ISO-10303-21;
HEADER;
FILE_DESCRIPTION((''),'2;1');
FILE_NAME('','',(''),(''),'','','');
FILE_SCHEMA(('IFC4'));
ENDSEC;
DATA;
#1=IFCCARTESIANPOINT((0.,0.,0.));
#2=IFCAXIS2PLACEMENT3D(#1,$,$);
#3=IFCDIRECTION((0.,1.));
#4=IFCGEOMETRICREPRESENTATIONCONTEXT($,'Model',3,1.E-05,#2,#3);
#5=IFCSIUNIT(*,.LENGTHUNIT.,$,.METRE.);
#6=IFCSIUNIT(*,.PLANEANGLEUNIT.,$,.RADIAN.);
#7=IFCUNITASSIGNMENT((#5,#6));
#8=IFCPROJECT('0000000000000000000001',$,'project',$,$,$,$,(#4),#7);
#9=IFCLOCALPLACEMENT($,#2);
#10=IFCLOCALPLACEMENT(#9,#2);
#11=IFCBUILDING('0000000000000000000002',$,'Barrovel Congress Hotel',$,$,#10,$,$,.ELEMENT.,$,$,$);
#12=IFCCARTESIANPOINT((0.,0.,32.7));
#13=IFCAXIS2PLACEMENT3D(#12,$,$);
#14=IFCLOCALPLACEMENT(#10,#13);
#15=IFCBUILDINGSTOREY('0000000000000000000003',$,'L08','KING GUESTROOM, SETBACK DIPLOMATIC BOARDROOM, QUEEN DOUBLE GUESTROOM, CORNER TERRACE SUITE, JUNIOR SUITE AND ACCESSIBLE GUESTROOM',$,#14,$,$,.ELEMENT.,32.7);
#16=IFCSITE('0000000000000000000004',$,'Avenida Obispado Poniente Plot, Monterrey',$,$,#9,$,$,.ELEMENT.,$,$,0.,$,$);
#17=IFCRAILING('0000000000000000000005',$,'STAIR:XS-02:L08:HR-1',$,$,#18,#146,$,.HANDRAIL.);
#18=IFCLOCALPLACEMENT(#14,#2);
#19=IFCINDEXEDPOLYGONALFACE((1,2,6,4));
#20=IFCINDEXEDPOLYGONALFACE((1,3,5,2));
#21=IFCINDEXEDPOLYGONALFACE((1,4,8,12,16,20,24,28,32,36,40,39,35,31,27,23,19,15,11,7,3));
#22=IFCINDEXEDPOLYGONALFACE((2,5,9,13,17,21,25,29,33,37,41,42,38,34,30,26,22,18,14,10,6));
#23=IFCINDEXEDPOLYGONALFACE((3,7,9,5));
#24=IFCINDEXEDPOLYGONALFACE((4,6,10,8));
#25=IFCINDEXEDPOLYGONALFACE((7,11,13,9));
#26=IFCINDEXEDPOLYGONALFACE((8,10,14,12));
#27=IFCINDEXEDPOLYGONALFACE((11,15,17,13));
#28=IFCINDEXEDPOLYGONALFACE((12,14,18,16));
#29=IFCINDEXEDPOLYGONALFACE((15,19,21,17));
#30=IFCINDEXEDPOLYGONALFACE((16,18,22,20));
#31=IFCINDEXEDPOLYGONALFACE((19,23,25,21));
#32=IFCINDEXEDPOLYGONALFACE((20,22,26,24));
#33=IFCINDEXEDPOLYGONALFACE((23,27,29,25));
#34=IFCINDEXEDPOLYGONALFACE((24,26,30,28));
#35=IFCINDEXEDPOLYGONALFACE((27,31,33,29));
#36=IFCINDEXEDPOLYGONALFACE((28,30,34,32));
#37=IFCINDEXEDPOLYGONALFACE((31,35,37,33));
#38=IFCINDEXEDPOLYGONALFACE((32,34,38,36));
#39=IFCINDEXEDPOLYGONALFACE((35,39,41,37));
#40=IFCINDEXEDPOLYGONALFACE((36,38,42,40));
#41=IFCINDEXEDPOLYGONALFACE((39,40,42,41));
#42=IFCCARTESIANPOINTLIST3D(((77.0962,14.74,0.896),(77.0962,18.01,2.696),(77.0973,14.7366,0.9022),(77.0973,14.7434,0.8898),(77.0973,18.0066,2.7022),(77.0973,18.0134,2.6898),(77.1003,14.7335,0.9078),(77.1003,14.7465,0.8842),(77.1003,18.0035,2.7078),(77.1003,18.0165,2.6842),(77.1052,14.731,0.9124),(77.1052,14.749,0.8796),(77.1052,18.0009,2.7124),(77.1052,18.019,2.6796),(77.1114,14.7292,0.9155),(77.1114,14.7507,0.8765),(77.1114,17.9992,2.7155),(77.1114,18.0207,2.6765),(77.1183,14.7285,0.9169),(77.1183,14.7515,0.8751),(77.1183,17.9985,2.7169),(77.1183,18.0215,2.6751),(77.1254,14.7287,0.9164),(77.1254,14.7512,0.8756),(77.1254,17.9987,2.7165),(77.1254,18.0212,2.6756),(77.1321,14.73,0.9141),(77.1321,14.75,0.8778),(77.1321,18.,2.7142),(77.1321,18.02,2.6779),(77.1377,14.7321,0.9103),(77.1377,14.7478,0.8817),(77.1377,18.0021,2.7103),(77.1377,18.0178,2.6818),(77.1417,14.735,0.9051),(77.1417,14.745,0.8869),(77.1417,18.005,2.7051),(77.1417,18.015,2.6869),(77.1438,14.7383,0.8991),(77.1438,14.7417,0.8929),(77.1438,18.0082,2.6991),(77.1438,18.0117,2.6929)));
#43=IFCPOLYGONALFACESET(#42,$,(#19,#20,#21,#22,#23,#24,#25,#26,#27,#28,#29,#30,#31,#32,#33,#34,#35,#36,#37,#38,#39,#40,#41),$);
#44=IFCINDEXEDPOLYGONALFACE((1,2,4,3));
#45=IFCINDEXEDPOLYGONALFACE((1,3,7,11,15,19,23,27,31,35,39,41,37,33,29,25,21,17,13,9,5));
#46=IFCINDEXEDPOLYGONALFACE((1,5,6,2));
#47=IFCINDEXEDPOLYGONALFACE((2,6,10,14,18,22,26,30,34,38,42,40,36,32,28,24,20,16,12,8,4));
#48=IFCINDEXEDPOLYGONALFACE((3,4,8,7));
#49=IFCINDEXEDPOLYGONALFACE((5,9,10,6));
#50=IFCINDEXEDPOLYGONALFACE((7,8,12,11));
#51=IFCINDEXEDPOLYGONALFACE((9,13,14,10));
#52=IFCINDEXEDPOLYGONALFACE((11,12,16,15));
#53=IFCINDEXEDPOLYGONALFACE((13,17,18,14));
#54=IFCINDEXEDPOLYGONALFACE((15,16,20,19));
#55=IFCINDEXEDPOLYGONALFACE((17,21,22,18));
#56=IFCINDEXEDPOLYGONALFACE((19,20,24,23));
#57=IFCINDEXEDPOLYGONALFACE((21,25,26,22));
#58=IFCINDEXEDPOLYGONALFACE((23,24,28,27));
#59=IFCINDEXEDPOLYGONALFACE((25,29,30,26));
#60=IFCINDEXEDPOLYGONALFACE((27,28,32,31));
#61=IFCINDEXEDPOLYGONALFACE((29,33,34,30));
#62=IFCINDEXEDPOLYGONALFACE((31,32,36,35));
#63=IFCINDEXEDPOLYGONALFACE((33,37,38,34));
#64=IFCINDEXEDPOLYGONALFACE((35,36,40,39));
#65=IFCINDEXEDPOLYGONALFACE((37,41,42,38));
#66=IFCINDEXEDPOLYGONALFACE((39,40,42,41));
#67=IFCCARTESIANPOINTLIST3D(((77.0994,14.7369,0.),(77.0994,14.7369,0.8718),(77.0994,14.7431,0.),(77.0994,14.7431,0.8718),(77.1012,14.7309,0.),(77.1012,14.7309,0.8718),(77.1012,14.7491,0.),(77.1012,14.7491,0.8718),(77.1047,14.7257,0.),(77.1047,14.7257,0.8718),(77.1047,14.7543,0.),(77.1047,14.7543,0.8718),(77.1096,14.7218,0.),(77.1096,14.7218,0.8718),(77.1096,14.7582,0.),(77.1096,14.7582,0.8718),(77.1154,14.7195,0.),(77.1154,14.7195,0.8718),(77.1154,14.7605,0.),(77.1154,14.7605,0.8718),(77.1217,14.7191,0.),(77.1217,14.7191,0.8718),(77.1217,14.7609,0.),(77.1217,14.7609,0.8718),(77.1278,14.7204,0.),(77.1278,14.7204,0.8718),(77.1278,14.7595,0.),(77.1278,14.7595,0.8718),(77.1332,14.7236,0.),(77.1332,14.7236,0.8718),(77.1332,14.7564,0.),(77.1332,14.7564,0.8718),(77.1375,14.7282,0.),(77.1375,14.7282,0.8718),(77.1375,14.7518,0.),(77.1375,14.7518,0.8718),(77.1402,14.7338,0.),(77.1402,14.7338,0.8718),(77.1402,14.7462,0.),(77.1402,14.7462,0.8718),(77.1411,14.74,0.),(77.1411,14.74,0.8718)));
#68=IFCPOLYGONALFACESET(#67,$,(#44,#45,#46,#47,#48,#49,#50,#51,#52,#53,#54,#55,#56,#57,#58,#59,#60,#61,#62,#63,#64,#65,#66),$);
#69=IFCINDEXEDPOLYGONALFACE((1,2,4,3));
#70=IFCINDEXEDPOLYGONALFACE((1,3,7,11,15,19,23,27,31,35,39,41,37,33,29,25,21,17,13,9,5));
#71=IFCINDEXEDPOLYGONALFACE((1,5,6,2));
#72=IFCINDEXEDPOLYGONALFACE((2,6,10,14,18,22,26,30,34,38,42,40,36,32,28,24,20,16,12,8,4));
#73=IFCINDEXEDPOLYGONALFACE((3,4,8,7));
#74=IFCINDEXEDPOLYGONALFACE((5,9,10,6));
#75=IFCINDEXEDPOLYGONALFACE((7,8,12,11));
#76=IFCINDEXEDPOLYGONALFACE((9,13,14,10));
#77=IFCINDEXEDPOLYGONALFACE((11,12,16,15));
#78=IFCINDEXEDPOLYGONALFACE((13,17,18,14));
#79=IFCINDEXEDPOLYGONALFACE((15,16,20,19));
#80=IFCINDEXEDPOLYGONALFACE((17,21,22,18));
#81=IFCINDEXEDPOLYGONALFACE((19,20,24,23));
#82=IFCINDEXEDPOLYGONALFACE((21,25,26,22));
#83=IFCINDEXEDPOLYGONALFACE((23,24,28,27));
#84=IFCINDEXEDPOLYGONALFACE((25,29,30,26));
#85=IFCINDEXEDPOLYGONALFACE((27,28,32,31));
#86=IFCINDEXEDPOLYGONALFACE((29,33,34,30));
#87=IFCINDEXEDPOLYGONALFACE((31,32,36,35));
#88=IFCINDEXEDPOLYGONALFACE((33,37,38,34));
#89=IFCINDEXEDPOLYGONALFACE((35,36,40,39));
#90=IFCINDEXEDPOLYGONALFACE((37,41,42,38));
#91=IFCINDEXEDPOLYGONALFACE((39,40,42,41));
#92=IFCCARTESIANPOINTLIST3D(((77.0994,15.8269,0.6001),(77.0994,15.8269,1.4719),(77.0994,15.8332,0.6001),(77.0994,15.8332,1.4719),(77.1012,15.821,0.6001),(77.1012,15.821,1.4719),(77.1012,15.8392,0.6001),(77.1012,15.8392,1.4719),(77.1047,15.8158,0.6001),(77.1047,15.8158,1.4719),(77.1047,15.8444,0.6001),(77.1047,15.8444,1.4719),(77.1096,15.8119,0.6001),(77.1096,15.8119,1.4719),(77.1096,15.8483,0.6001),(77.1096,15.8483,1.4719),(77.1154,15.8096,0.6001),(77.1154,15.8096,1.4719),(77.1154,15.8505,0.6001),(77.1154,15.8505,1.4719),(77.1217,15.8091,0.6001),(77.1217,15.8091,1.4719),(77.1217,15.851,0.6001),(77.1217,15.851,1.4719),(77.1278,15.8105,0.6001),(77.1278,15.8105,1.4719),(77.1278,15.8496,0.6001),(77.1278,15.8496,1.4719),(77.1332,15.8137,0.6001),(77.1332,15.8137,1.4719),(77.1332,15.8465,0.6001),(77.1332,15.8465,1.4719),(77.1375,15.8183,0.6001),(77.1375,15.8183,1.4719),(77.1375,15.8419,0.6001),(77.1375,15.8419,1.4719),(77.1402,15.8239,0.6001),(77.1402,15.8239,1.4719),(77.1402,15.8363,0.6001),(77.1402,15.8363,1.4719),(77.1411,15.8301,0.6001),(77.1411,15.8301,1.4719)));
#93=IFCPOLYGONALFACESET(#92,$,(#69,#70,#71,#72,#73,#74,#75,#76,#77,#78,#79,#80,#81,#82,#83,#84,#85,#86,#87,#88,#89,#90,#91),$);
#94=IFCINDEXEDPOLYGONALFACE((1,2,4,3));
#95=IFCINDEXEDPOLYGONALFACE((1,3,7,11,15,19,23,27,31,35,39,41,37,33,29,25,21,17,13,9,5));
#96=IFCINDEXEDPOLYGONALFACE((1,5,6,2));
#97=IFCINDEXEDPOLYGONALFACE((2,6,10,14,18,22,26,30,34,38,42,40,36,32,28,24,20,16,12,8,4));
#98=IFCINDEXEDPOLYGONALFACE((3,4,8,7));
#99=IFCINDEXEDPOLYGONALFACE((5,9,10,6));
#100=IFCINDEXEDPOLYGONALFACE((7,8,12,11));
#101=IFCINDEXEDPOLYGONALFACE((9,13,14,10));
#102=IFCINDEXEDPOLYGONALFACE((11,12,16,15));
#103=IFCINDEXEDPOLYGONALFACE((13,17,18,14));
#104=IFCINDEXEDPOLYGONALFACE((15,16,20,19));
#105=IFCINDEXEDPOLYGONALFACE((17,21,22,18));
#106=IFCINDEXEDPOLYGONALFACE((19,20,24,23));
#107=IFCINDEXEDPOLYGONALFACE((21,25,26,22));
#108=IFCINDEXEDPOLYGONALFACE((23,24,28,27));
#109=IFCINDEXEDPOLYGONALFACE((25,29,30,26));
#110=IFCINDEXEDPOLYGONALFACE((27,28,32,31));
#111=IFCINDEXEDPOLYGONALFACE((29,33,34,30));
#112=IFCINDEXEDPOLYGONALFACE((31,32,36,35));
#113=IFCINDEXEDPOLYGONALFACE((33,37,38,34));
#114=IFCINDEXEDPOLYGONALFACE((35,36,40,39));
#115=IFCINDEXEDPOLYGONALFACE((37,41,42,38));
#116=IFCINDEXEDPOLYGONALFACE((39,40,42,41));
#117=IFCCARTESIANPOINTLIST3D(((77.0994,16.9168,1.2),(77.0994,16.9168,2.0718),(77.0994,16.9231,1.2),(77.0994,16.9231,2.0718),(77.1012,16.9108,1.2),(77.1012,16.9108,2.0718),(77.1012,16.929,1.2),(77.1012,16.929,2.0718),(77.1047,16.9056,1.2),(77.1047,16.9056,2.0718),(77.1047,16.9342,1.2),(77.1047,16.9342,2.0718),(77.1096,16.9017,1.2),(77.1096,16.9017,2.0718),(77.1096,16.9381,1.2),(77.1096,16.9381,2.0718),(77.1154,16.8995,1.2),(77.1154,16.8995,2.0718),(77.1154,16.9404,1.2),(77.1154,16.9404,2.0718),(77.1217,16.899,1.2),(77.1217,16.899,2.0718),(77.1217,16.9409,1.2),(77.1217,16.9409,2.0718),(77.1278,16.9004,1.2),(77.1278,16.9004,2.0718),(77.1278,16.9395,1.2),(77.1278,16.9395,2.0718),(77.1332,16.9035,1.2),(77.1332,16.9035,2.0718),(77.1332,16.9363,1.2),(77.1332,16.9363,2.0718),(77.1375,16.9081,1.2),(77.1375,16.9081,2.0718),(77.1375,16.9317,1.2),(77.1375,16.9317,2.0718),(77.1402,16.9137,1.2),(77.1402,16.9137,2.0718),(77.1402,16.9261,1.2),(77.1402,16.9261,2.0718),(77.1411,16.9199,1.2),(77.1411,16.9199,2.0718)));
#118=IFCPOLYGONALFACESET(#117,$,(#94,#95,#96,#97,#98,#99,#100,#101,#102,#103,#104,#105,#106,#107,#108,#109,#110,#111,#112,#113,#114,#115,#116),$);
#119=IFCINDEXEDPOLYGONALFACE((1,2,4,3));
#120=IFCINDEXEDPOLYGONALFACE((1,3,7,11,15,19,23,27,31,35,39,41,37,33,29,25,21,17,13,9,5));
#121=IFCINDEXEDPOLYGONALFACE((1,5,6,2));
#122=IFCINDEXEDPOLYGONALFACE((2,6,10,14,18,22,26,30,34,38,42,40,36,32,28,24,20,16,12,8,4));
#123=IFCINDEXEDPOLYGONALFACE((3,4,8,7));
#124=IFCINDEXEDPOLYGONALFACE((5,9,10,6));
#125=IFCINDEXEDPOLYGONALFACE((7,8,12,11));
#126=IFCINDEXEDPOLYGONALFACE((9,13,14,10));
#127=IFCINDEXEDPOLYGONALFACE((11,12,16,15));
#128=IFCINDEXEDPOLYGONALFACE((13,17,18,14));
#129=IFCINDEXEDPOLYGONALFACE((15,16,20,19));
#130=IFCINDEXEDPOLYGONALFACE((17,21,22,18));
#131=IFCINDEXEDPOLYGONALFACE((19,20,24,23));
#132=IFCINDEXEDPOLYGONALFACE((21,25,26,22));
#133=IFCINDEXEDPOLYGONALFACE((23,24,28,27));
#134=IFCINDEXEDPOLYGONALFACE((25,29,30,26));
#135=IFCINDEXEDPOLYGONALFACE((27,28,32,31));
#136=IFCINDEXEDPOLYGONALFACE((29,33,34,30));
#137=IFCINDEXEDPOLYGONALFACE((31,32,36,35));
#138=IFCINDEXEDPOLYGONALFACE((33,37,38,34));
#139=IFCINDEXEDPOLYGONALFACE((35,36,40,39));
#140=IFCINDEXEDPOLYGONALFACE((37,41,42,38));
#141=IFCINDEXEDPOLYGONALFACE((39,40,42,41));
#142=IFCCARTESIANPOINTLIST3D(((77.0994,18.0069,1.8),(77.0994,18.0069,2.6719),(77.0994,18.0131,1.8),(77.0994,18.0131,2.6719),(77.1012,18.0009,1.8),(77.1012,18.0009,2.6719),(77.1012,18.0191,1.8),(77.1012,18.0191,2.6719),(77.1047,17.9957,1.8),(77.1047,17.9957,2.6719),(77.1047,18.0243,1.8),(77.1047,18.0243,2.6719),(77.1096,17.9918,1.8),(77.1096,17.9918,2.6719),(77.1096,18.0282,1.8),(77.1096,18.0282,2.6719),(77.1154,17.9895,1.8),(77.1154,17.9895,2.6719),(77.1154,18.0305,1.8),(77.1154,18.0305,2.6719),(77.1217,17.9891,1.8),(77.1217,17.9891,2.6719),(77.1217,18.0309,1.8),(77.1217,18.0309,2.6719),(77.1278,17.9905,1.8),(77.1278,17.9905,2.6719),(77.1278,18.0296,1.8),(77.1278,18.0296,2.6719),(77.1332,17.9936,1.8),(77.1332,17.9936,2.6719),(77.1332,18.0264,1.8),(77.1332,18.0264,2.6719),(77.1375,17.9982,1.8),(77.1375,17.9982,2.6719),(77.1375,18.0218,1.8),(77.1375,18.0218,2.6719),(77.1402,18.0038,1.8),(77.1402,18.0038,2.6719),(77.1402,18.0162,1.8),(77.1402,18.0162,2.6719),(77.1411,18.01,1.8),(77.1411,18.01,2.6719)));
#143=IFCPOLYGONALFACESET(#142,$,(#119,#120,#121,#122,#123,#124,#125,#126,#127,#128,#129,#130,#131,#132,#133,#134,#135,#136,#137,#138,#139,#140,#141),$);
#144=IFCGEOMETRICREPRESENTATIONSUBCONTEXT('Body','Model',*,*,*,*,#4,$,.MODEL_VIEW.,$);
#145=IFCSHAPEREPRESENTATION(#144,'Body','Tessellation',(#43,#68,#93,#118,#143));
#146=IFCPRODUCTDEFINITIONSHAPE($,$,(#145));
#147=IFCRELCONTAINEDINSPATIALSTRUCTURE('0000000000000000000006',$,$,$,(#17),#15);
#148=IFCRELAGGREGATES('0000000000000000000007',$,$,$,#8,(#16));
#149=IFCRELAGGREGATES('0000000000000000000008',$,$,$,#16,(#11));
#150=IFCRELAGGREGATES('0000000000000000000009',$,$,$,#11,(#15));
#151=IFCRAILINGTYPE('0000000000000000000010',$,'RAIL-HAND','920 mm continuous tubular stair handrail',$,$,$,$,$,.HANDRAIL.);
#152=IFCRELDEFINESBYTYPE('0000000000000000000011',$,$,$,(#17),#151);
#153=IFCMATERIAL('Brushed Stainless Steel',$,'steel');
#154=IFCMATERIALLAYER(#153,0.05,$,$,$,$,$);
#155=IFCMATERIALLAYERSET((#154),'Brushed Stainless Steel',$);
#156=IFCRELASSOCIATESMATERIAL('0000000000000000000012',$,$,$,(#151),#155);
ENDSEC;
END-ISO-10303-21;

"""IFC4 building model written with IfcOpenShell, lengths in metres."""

from ifc_helpers import new_model, si_unit, direction, frame, origin, origin_2d, place, context, subcontext, project, spatial, circle, extrude, material, layer, layer_set, type_object, element, save


model = new_model("IFC4")

# Units and contexts
model_context = context("Model", 3, precision=1e-05, world=origin(), true_north=direction((0.0, 1.0)))
body_context = subcontext(model_context, "Body", "Model", "MODEL_VIEW")
ifc_project = project(units=[si_unit("LENGTHUNIT", "METRE"), si_unit("PLANEANGLEUNIT", "RADIAN")], contexts=[model_context])

# Site, building, storey
site_placement = place(None, origin())
site = spatial("IfcSite", under=ifc_project, at=site_placement, Name="Avenida Obispado Poniente Plot, Monterrey", CompositionType="ELEMENT", RefElevation=0.0)
building_placement = place(site_placement, origin())
building = spatial("IfcBuilding", under=site, at=building_placement, Name="Barrovel Congress Hotel", CompositionType="ELEMENT")
storey_placement = place(building_placement, frame((0.0, 0.0, 32.7)))
storey = spatial("IfcBuildingStorey", under=building, at=storey_placement, Name="L08", Description="KING GUESTROOM, SETBACK DIPLOMATIC BOARDROOM, QUEEN DOUBLE GUESTROOM, CORNER TERRACE SUITE, JUNIOR SUITE AND ACCESSIBLE GUESTROOM", CompositionType="ELEMENT", Elevation=32.7)

# Shared definitions
ifc_material_1 = material(Name="Brushed Stainless Steel", Category="steel")

# Railing
ifc_layer_1 = layer(ifc_material_1, 0.05)
ifc_layer_set_1 = layer_set([ifc_layer_1], Name="Brushed Stainless Steel")
railing_type_1 = type_object("IfcRailingType", Name="RAIL-HAND", Description="920 mm continuous tubular stair handrail", PredefinedType="HANDRAIL", material=ifc_layer_set_1)
railing_1_placement = place(storey_placement, frame((77.1201, 14.74, 0.0)))
element("IfcRailing", 1, at=railing_1_placement, inside=storey, type_object=railing_type_1, Name="STAIR:XS-02:L08:HR-1", PredefinedType="HANDRAIL", context=body_context, shape_type="SweptSolid", body=[
    extrude(circle(Radius=0.0239, at=origin_2d()), frame((0.0, 0.0, 0.896), z_axis=(0.0, 0.876042, 0.482235), x_axis=(-1.0, 0.0, 0.0)), (0.0, 0.0, 1.0), 3.7327),
    extrude(circle(Radius=0.021, at=origin_2d()), origin(), (0.0, 0.0, 1.0), 0.8718),
    extrude(circle(Radius=0.021, at=origin_2d()), frame((0.0, 1.0901, 0.6001)), (0.0, 0.0, 1.0), 0.8718),
    extrude(circle(Radius=0.021, at=origin_2d()), frame((0.0, 2.1799, 1.2)), (0.0, 0.0, 1.0), 0.8718),
    extrude(circle(Radius=0.021, at=origin_2d()), frame((0.0, 3.27, 1.8)), (0.0, 0.0, 1.0), 0.8718),
])

save(model, "model.ifc")
